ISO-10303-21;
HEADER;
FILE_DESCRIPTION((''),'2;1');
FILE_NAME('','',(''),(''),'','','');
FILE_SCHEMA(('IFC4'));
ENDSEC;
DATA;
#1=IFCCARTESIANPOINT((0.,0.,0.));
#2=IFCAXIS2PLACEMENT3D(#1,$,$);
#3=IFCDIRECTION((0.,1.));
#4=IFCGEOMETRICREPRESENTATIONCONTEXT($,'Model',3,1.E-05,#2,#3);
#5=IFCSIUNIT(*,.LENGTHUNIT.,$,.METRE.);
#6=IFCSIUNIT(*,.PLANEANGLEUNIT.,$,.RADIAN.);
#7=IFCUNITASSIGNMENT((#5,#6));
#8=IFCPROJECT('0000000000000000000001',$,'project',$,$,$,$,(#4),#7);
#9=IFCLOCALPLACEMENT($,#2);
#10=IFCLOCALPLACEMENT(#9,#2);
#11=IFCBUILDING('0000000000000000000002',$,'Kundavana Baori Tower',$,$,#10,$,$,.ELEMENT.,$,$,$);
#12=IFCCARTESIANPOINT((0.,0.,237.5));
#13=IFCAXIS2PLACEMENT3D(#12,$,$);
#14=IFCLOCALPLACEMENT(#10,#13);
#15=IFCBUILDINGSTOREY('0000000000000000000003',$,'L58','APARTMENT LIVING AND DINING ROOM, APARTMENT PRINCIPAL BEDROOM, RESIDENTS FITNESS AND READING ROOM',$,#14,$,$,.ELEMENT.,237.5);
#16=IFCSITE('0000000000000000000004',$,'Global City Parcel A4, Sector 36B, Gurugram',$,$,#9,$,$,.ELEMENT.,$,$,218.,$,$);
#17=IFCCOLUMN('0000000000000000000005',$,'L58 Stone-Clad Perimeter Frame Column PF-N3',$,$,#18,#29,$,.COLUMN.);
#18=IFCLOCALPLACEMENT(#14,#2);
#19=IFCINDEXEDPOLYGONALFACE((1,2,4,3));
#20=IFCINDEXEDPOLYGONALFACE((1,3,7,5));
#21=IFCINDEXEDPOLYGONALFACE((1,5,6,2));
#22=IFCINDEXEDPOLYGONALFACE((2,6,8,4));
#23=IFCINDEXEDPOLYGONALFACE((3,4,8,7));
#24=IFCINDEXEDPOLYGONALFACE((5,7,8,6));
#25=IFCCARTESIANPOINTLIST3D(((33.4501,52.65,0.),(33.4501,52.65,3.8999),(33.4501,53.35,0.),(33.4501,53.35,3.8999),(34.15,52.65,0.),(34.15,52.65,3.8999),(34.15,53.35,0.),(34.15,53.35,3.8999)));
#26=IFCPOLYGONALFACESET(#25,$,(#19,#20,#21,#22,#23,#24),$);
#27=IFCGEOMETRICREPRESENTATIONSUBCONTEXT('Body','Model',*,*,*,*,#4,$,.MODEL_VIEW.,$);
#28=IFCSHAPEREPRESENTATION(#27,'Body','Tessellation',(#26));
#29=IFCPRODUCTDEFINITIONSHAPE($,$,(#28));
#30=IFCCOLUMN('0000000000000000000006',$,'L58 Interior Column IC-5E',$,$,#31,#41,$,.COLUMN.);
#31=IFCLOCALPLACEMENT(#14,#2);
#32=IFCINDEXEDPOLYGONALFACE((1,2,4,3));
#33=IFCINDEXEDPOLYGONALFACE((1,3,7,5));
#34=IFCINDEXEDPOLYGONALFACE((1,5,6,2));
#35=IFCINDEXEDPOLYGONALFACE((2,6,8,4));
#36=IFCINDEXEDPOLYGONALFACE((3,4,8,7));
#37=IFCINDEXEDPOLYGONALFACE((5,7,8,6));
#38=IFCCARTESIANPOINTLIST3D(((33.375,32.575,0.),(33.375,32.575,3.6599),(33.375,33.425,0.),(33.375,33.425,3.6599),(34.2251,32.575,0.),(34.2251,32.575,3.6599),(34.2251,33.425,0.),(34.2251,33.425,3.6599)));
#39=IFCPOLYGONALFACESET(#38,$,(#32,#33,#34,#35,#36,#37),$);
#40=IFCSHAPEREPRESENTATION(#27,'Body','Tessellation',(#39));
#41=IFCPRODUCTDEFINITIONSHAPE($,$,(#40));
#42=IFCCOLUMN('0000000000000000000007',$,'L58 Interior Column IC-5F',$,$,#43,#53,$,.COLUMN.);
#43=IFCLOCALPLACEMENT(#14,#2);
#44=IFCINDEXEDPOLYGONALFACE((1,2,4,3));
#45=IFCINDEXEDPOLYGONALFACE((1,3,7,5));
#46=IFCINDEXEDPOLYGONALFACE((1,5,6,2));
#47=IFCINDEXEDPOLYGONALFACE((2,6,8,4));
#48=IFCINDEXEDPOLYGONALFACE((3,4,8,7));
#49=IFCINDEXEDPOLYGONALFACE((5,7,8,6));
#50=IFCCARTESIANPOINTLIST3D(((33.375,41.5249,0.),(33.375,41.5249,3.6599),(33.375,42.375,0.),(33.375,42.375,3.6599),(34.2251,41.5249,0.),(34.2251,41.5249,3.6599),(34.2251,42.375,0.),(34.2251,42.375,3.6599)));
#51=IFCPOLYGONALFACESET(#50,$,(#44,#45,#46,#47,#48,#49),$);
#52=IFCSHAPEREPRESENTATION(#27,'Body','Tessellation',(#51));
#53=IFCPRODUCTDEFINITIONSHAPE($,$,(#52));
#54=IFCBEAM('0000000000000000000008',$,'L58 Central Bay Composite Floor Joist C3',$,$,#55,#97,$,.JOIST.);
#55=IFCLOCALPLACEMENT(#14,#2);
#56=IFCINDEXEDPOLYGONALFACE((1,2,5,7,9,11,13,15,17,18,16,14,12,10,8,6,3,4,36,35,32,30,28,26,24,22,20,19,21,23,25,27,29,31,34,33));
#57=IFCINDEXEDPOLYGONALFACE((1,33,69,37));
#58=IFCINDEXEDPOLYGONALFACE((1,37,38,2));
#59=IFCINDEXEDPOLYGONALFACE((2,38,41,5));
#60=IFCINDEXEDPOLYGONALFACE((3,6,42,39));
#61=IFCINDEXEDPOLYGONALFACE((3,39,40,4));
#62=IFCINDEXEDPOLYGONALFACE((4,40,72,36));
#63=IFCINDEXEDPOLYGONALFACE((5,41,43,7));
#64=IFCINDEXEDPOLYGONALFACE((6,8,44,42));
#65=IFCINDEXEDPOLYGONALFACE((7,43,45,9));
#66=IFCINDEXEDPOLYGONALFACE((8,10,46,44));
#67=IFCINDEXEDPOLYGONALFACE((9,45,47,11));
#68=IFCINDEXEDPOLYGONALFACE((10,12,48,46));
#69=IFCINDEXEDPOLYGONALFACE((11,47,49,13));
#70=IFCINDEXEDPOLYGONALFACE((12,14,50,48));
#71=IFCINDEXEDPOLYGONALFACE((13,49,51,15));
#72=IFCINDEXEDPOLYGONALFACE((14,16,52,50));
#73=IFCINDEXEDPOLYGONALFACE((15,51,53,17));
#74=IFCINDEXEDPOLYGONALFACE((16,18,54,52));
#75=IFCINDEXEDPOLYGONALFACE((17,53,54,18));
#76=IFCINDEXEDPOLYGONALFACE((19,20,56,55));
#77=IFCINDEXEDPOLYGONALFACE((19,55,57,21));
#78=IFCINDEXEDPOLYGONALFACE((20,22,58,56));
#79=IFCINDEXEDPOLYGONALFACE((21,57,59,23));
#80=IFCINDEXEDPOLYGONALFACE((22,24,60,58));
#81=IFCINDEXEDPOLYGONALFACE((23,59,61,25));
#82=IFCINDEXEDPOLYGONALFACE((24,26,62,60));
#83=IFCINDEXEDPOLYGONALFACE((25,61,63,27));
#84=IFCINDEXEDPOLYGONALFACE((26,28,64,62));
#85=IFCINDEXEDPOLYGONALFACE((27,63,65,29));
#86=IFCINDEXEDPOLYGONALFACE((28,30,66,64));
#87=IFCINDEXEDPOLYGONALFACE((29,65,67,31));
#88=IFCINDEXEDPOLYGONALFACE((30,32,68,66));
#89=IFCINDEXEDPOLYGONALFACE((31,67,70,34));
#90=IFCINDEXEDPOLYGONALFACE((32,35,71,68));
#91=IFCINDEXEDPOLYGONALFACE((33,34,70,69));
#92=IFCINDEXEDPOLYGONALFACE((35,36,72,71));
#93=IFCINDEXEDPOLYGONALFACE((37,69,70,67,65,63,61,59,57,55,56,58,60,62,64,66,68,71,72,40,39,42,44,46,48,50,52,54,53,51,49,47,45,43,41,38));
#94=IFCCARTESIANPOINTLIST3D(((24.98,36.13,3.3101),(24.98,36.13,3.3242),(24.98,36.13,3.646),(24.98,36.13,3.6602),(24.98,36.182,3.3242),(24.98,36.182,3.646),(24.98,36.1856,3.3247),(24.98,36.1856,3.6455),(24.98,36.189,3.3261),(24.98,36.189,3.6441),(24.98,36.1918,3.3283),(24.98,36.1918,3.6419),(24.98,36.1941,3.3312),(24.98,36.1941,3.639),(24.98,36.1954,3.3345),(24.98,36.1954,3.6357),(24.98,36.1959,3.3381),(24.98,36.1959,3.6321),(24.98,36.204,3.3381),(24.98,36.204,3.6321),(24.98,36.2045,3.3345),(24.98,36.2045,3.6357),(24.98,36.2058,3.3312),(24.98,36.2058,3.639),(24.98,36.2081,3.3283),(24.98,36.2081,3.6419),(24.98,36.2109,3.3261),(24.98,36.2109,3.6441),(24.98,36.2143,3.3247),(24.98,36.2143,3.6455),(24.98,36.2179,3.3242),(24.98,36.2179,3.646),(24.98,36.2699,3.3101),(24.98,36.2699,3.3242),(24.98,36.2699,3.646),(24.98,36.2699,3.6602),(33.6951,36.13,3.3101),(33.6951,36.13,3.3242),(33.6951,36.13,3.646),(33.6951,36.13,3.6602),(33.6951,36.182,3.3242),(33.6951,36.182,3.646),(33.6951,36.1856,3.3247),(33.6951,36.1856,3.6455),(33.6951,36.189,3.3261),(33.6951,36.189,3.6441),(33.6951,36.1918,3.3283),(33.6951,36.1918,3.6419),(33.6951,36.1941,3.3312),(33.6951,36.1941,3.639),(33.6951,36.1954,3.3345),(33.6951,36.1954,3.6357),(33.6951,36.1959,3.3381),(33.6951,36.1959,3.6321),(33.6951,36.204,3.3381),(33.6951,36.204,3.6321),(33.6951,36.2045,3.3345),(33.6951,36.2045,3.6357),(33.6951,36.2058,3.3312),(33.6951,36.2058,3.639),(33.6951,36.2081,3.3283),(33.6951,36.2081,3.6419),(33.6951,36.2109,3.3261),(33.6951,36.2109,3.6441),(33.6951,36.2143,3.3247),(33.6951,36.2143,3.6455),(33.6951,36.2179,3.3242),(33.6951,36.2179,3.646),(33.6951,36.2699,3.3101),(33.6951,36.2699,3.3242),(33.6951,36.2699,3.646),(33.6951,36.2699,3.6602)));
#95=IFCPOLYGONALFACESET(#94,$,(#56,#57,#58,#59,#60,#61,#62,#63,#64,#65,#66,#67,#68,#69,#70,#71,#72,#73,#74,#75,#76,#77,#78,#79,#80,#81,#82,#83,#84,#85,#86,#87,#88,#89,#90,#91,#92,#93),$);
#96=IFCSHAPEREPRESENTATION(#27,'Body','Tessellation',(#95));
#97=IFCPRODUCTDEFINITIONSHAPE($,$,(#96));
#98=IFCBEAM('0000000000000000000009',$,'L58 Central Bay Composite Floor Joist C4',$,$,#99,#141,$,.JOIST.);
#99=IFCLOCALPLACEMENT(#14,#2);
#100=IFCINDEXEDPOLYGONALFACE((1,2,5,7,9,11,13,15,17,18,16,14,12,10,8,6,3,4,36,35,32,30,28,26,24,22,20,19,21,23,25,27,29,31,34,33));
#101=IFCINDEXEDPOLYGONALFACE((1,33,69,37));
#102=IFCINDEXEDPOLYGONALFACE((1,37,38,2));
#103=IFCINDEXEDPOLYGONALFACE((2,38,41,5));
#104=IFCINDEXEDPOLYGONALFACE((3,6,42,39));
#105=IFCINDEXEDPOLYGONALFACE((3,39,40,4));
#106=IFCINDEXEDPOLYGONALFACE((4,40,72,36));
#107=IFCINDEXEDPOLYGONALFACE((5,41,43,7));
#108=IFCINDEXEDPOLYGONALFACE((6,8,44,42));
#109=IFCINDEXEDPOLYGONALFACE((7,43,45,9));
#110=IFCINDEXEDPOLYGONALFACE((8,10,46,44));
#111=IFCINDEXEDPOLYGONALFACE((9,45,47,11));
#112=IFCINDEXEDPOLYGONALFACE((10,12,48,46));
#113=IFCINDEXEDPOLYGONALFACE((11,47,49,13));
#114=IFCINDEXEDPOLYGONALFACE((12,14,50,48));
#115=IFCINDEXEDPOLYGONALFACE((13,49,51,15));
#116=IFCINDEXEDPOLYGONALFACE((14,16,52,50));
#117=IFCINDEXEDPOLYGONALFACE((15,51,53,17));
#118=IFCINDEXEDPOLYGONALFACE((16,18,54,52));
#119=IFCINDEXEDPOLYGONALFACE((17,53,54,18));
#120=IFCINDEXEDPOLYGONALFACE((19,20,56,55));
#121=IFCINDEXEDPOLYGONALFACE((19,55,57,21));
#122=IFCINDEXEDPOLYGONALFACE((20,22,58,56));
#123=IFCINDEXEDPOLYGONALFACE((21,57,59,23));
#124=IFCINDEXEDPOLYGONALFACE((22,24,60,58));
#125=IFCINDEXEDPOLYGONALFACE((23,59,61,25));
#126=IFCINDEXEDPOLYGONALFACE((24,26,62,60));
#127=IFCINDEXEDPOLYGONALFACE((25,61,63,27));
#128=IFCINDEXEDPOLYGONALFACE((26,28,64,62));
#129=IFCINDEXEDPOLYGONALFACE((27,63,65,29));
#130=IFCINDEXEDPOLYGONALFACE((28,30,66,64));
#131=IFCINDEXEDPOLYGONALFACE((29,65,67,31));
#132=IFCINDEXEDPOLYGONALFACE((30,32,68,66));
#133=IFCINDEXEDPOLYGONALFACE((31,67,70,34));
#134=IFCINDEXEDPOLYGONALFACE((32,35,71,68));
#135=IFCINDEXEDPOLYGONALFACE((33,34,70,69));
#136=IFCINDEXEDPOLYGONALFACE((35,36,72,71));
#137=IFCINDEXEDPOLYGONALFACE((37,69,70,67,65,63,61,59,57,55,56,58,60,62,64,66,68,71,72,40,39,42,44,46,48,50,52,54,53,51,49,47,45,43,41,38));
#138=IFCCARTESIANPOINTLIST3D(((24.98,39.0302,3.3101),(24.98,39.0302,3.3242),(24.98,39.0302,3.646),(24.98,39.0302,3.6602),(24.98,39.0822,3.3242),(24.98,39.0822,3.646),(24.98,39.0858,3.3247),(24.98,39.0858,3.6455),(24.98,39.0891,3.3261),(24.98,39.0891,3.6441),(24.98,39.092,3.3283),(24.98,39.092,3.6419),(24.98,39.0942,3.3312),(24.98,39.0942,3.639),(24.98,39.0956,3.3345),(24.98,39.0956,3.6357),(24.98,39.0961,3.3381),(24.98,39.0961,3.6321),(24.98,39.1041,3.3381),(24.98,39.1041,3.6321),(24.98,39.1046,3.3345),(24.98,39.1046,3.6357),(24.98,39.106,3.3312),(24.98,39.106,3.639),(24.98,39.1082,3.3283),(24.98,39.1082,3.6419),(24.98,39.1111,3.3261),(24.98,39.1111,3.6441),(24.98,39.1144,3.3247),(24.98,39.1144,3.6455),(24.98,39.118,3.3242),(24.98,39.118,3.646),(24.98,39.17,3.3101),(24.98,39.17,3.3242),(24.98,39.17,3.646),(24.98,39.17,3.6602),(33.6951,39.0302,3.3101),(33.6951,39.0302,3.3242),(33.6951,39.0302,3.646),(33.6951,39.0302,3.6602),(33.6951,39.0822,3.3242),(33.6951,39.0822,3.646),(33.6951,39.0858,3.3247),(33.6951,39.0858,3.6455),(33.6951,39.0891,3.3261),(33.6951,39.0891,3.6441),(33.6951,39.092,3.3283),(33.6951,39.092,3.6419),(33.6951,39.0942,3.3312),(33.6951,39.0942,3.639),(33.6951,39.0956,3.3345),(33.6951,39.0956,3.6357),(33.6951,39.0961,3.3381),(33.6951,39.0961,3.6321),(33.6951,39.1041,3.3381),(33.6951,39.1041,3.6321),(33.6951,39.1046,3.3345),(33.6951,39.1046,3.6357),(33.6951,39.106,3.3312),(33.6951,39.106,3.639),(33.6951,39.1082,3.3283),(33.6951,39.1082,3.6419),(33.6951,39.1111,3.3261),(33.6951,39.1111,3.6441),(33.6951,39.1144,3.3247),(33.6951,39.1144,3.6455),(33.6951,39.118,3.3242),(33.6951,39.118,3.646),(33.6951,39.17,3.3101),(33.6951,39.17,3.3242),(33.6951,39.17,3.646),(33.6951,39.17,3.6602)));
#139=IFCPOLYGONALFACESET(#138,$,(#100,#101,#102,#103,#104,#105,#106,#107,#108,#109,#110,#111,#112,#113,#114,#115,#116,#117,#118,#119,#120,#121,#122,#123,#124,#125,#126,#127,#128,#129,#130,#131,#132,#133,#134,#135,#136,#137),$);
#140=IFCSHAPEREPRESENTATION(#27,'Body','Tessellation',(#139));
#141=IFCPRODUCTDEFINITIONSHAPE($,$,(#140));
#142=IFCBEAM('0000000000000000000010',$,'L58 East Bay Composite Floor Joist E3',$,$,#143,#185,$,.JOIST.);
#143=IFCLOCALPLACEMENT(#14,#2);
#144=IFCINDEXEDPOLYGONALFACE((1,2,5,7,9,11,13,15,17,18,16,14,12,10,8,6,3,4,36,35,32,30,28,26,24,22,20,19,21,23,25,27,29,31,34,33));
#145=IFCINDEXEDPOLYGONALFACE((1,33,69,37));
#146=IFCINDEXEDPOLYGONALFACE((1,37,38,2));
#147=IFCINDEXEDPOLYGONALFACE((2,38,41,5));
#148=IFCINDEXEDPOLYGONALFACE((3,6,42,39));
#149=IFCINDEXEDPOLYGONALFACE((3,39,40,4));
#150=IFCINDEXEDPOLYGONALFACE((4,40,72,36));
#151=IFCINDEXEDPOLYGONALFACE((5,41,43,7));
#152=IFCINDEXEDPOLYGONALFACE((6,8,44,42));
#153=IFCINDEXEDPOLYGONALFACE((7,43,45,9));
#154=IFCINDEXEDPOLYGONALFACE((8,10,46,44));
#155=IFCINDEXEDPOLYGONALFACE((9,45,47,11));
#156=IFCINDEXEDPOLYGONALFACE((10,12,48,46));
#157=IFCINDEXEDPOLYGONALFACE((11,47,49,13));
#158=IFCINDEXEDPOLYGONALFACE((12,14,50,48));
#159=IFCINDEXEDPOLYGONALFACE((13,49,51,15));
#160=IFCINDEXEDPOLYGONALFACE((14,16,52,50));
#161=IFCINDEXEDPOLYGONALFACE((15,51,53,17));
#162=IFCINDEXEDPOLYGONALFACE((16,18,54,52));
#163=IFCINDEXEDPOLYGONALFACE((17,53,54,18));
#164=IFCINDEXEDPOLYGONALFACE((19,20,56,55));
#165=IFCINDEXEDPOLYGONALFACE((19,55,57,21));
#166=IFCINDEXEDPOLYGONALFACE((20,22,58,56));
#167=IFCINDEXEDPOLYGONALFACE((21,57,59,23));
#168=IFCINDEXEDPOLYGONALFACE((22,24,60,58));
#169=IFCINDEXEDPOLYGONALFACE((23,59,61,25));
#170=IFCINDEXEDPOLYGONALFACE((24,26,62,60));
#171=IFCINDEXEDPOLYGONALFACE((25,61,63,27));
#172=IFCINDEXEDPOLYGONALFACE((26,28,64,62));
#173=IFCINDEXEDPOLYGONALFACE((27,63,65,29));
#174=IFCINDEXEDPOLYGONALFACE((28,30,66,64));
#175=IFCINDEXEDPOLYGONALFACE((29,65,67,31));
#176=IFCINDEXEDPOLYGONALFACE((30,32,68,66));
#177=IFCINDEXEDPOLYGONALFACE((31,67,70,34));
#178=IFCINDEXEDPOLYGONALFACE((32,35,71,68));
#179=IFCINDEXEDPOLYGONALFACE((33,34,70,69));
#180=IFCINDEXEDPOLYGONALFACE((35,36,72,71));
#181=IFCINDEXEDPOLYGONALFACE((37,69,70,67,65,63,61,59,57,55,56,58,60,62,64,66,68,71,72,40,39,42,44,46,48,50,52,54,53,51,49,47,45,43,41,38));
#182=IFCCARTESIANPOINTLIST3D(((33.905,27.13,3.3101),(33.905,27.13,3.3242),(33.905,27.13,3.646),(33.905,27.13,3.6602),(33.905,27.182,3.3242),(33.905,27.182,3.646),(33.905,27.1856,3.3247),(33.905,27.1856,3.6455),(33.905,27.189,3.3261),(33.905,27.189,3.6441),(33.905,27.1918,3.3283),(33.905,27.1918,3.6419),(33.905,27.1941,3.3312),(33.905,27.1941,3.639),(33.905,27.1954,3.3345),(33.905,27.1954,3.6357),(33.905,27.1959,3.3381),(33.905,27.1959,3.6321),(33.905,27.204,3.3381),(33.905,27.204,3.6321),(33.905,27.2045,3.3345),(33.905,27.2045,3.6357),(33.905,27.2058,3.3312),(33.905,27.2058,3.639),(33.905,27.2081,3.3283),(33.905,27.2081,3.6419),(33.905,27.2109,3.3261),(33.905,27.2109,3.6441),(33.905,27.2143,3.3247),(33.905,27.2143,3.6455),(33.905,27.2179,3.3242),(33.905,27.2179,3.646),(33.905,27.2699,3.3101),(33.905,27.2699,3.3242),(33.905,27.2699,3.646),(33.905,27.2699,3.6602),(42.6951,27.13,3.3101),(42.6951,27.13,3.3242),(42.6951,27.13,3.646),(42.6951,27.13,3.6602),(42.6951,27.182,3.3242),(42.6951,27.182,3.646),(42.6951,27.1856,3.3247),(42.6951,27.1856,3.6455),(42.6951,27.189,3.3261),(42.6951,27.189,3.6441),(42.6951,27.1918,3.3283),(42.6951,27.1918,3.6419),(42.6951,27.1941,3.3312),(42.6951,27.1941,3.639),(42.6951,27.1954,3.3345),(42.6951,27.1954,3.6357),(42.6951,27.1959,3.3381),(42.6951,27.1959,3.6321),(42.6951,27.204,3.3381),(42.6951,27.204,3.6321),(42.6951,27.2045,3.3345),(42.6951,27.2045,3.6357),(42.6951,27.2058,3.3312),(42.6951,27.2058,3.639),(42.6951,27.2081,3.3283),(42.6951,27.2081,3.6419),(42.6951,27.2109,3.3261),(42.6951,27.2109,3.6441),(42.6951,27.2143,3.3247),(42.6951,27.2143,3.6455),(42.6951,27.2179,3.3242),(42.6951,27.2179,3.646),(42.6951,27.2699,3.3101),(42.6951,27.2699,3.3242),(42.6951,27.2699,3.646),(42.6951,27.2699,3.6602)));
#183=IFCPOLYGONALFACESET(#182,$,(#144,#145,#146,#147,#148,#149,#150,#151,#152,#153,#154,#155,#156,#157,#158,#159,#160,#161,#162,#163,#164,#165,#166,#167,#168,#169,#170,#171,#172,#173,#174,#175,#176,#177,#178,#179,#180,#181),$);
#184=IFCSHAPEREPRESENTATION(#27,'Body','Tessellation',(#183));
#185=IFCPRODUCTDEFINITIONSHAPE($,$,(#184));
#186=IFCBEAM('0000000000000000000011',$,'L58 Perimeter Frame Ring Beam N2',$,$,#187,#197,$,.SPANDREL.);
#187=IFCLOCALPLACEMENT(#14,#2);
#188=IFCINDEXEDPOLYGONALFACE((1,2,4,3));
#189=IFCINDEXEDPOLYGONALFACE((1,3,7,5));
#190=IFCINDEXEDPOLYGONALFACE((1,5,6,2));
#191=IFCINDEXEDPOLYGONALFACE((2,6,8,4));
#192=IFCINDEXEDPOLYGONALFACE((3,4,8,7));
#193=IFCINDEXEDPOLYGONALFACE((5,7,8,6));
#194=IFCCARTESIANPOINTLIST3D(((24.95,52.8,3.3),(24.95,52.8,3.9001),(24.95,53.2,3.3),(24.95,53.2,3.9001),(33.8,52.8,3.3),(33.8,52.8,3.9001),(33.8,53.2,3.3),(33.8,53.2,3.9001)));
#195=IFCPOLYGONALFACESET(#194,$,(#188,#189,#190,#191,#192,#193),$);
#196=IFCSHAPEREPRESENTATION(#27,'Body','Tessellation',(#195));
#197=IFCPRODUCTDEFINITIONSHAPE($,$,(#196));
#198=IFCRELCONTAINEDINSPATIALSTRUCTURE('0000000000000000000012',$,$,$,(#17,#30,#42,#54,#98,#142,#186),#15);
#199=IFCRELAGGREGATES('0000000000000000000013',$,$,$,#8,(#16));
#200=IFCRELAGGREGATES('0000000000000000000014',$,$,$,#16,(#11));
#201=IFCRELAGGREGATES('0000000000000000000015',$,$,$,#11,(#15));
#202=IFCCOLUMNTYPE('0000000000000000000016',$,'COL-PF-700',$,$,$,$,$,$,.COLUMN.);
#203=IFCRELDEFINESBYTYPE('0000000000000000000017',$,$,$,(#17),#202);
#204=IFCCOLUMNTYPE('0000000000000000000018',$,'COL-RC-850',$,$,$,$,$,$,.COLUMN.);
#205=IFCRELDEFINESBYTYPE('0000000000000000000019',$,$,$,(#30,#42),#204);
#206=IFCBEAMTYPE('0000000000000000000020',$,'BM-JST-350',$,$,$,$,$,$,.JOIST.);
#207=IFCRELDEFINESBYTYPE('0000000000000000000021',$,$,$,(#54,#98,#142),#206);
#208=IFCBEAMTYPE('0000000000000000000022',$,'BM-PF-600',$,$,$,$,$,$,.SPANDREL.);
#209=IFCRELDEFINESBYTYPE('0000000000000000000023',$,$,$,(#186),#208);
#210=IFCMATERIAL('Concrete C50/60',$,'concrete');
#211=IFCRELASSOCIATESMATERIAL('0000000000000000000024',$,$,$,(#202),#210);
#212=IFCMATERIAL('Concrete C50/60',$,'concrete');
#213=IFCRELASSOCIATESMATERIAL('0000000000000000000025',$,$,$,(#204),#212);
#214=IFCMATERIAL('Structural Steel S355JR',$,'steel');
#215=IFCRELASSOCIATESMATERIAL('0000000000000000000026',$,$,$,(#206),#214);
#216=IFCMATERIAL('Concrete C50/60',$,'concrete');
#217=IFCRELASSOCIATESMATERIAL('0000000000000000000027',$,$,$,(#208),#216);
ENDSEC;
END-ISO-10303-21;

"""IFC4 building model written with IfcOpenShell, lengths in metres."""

from ifc_helpers import new_model, si_unit, direction, frame, origin, origin_2d, place, context, subcontext, project, spatial, rectangle, i_section, extrude, material, material_profile, profile_set, type_object, element, save


model = new_model("IFC4")

# Units and contexts
model_context = context("Model", 3, precision=1e-05, world=origin(), true_north=direction((0.0, 1.0)))
body_context = subcontext(model_context, "Body", "Model", "MODEL_VIEW")
ifc_project = project(units=[si_unit("LENGTHUNIT", "METRE"), si_unit("PLANEANGLEUNIT", "RADIAN")], contexts=[model_context])

# Site, building, storey
site_placement = place(None, origin())
site = spatial("IfcSite", under=ifc_project, at=site_placement, Name="Global City Parcel A4, Sector 36B, Gurugram", CompositionType="ELEMENT", RefElevation=218.0)
building_placement = place(site_placement, origin())
building = spatial("IfcBuilding", under=site, at=building_placement, Name="Kundavana Baori Tower", CompositionType="ELEMENT")
storey_placement = place(building_placement, frame((0.0, 0.0, 237.5)))
storey = spatial("IfcBuildingStorey", under=building, at=storey_placement, Name="L58", Description="APARTMENT LIVING AND DINING ROOM, APARTMENT PRINCIPAL BEDROOM, RESIDENTS FITNESS AND READING ROOM", CompositionType="ELEMENT", Elevation=237.5)

# Columns
ifc_material_1 = material(Name="Concrete C50/60", Category="concrete")
ifc_material_profile_1 = material_profile(ifc_material_1, rectangle(XDim=0.7, YDim=0.7, at=origin_2d()), Name="RC PF 700x700")
ifc_profile_set_1 = profile_set([ifc_material_profile_1], Name="Concrete C50/60")
column_type_1 = type_object("IfcColumnType", Name="COL-PF-700", PredefinedType="COLUMN", material=ifc_profile_set_1)
column_placement = place(storey_placement, frame((33.8, 53.0, 0.0), z_axis=(0.0, 0.0, 1.0), x_axis=(1.0, 0.0, 0.0)))
element("IfcColumn", 1, at=column_placement, inside=storey, type_object=column_type_1, Name="L58 Stone-Clad Perimeter Frame Column PF-N3", PredefinedType="COLUMN", context=body_context, shape_type="SweptSolid", body=[
    extrude(rectangle(XDim=0.7, YDim=0.7, at=origin_2d()), origin(), (0.0, 0.0, 1.0), 3.8999),
])
ifc_material_2 = material(Name="Concrete C50/60", Category="concrete")
ifc_material_profile_2 = material_profile(ifc_material_2, rectangle(XDim=0.8501, YDim=0.8501, at=origin_2d()), Name="RC 850x850")
ifc_profile_set_2 = profile_set([ifc_material_profile_2], Name="Concrete C50/60")
column_type_2 = type_object("IfcColumnType", Name="COL-RC-850", PredefinedType="COLUMN", material=ifc_profile_set_2)
for number, where, z_axis, x_axis, name in (
    (2, (33.8, 33.0, 0.0), (0.0, 0.0, 1.0), (1.0, 0.0, 0.0), "L58 Interior Column IC-5E"),
    (3, (33.8, 41.95, 0.0), (0.0, 0.0, 1.0), (1.0, 0.0, 0.0), "L58 Interior Column IC-5F"),
):
    element("IfcColumn", number, at=place(storey_placement, frame(where, z_axis=z_axis, x_axis=x_axis)), inside=storey, type_object=column_type_2, Name=name, PredefinedType="COLUMN", context=body_context, shape_type="SweptSolid", body=[
        extrude(rectangle(XDim=0.8501, YDim=0.8501, at=origin_2d()), origin(), (0.0, 0.0, 1.0), 3.6599),
    ])

# Beams
ifc_material_3 = material(Name="Structural Steel S355JR", Category="steel")
ifc_material_profile_3 = material_profile(ifc_material_3, i_section(OverallWidth=0.1399, OverallDepth=0.3501, WebThickness=0.0081, FlangeThickness=0.0142, FilletRadius=0.0139, at=origin_2d()), Name="ISMB 350")
ifc_profile_set_3 = profile_set([ifc_material_profile_3], Name="Structural Steel S355JR")
beam_type_1 = type_object("IfcBeamType", Name="BM-JST-350", PredefinedType="JOIST", material=ifc_profile_set_3)
for number, where, z_axis, x_axis, name in (
    (4, (24.98, 36.2, 3.4851), (1.0, 0.0, 0.0), (0.0, 1.0, 0.0), "L58 Central Bay Composite Floor Joist C3"),
    (5, (24.98, 39.1001, 3.4851), (1.0, 0.0, 0.0), (0.0, 1.0, 0.0), "L58 Central Bay Composite Floor Joist C4"),
):
    element("IfcBeam", number, at=place(storey_placement, frame(where, z_axis=z_axis, x_axis=x_axis)), inside=storey, type_object=beam_type_1, Name=name, PredefinedType="JOIST", context=body_context, shape_type="SweptSolid", body=[
        extrude(i_section(OverallWidth=0.1399, OverallDepth=0.3501, WebThickness=0.0081, FlangeThickness=0.0142, FilletRadius=0.0139, at=origin_2d()), origin(), (0.0, 0.0, 1.0), 8.7151),
    ])
beam_1_placement = place(storey_placement, frame((33.905, 27.2, 3.4851), z_axis=(1.0, 0.0, 0.0), x_axis=(0.0, 1.0, 0.0)))
element("IfcBeam", 6, at=beam_1_placement, inside=storey, type_object=beam_type_1, Name="L58 East Bay Composite Floor Joist E3", PredefinedType="JOIST", context=body_context, shape_type="SweptSolid", body=[
    extrude(i_section(OverallWidth=0.1399, OverallDepth=0.3501, WebThickness=0.0081, FlangeThickness=0.0142, FilletRadius=0.0139, at=origin_2d()), origin(), (0.0, 0.0, 1.0), 8.79),
])
ifc_material_4 = material(Name="Concrete C50/60", Category="concrete")
ifc_material_profile_4 = material_profile(ifc_material_4, rectangle(XDim=0.3999, YDim=0.6001, at=origin_2d()), Name="RC BM 400x600")
ifc_profile_set_4 = profile_set([ifc_material_profile_4], Name="Concrete C50/60")
beam_type_2 = type_object("IfcBeamType", Name="BM-PF-600", PredefinedType="SPANDREL", material=ifc_profile_set_4)
beam_2_placement = place(storey_placement, frame((24.95, 53.0, 3.6001), z_axis=(1.0, 0.0, 0.0), x_axis=(0.0, 1.0, 0.0)))
element("IfcBeam", 7, at=beam_2_placement, inside=storey, type_object=beam_type_2, Name="L58 Perimeter Frame Ring Beam N2", PredefinedType="SPANDREL", context=body_context, shape_type="SweptSolid", body=[
    extrude(rectangle(XDim=0.3999, YDim=0.6001, at=origin_2d()), origin(), (0.0, 0.0, 1.0), 8.8501),
])

save(model, "model.ifc")
